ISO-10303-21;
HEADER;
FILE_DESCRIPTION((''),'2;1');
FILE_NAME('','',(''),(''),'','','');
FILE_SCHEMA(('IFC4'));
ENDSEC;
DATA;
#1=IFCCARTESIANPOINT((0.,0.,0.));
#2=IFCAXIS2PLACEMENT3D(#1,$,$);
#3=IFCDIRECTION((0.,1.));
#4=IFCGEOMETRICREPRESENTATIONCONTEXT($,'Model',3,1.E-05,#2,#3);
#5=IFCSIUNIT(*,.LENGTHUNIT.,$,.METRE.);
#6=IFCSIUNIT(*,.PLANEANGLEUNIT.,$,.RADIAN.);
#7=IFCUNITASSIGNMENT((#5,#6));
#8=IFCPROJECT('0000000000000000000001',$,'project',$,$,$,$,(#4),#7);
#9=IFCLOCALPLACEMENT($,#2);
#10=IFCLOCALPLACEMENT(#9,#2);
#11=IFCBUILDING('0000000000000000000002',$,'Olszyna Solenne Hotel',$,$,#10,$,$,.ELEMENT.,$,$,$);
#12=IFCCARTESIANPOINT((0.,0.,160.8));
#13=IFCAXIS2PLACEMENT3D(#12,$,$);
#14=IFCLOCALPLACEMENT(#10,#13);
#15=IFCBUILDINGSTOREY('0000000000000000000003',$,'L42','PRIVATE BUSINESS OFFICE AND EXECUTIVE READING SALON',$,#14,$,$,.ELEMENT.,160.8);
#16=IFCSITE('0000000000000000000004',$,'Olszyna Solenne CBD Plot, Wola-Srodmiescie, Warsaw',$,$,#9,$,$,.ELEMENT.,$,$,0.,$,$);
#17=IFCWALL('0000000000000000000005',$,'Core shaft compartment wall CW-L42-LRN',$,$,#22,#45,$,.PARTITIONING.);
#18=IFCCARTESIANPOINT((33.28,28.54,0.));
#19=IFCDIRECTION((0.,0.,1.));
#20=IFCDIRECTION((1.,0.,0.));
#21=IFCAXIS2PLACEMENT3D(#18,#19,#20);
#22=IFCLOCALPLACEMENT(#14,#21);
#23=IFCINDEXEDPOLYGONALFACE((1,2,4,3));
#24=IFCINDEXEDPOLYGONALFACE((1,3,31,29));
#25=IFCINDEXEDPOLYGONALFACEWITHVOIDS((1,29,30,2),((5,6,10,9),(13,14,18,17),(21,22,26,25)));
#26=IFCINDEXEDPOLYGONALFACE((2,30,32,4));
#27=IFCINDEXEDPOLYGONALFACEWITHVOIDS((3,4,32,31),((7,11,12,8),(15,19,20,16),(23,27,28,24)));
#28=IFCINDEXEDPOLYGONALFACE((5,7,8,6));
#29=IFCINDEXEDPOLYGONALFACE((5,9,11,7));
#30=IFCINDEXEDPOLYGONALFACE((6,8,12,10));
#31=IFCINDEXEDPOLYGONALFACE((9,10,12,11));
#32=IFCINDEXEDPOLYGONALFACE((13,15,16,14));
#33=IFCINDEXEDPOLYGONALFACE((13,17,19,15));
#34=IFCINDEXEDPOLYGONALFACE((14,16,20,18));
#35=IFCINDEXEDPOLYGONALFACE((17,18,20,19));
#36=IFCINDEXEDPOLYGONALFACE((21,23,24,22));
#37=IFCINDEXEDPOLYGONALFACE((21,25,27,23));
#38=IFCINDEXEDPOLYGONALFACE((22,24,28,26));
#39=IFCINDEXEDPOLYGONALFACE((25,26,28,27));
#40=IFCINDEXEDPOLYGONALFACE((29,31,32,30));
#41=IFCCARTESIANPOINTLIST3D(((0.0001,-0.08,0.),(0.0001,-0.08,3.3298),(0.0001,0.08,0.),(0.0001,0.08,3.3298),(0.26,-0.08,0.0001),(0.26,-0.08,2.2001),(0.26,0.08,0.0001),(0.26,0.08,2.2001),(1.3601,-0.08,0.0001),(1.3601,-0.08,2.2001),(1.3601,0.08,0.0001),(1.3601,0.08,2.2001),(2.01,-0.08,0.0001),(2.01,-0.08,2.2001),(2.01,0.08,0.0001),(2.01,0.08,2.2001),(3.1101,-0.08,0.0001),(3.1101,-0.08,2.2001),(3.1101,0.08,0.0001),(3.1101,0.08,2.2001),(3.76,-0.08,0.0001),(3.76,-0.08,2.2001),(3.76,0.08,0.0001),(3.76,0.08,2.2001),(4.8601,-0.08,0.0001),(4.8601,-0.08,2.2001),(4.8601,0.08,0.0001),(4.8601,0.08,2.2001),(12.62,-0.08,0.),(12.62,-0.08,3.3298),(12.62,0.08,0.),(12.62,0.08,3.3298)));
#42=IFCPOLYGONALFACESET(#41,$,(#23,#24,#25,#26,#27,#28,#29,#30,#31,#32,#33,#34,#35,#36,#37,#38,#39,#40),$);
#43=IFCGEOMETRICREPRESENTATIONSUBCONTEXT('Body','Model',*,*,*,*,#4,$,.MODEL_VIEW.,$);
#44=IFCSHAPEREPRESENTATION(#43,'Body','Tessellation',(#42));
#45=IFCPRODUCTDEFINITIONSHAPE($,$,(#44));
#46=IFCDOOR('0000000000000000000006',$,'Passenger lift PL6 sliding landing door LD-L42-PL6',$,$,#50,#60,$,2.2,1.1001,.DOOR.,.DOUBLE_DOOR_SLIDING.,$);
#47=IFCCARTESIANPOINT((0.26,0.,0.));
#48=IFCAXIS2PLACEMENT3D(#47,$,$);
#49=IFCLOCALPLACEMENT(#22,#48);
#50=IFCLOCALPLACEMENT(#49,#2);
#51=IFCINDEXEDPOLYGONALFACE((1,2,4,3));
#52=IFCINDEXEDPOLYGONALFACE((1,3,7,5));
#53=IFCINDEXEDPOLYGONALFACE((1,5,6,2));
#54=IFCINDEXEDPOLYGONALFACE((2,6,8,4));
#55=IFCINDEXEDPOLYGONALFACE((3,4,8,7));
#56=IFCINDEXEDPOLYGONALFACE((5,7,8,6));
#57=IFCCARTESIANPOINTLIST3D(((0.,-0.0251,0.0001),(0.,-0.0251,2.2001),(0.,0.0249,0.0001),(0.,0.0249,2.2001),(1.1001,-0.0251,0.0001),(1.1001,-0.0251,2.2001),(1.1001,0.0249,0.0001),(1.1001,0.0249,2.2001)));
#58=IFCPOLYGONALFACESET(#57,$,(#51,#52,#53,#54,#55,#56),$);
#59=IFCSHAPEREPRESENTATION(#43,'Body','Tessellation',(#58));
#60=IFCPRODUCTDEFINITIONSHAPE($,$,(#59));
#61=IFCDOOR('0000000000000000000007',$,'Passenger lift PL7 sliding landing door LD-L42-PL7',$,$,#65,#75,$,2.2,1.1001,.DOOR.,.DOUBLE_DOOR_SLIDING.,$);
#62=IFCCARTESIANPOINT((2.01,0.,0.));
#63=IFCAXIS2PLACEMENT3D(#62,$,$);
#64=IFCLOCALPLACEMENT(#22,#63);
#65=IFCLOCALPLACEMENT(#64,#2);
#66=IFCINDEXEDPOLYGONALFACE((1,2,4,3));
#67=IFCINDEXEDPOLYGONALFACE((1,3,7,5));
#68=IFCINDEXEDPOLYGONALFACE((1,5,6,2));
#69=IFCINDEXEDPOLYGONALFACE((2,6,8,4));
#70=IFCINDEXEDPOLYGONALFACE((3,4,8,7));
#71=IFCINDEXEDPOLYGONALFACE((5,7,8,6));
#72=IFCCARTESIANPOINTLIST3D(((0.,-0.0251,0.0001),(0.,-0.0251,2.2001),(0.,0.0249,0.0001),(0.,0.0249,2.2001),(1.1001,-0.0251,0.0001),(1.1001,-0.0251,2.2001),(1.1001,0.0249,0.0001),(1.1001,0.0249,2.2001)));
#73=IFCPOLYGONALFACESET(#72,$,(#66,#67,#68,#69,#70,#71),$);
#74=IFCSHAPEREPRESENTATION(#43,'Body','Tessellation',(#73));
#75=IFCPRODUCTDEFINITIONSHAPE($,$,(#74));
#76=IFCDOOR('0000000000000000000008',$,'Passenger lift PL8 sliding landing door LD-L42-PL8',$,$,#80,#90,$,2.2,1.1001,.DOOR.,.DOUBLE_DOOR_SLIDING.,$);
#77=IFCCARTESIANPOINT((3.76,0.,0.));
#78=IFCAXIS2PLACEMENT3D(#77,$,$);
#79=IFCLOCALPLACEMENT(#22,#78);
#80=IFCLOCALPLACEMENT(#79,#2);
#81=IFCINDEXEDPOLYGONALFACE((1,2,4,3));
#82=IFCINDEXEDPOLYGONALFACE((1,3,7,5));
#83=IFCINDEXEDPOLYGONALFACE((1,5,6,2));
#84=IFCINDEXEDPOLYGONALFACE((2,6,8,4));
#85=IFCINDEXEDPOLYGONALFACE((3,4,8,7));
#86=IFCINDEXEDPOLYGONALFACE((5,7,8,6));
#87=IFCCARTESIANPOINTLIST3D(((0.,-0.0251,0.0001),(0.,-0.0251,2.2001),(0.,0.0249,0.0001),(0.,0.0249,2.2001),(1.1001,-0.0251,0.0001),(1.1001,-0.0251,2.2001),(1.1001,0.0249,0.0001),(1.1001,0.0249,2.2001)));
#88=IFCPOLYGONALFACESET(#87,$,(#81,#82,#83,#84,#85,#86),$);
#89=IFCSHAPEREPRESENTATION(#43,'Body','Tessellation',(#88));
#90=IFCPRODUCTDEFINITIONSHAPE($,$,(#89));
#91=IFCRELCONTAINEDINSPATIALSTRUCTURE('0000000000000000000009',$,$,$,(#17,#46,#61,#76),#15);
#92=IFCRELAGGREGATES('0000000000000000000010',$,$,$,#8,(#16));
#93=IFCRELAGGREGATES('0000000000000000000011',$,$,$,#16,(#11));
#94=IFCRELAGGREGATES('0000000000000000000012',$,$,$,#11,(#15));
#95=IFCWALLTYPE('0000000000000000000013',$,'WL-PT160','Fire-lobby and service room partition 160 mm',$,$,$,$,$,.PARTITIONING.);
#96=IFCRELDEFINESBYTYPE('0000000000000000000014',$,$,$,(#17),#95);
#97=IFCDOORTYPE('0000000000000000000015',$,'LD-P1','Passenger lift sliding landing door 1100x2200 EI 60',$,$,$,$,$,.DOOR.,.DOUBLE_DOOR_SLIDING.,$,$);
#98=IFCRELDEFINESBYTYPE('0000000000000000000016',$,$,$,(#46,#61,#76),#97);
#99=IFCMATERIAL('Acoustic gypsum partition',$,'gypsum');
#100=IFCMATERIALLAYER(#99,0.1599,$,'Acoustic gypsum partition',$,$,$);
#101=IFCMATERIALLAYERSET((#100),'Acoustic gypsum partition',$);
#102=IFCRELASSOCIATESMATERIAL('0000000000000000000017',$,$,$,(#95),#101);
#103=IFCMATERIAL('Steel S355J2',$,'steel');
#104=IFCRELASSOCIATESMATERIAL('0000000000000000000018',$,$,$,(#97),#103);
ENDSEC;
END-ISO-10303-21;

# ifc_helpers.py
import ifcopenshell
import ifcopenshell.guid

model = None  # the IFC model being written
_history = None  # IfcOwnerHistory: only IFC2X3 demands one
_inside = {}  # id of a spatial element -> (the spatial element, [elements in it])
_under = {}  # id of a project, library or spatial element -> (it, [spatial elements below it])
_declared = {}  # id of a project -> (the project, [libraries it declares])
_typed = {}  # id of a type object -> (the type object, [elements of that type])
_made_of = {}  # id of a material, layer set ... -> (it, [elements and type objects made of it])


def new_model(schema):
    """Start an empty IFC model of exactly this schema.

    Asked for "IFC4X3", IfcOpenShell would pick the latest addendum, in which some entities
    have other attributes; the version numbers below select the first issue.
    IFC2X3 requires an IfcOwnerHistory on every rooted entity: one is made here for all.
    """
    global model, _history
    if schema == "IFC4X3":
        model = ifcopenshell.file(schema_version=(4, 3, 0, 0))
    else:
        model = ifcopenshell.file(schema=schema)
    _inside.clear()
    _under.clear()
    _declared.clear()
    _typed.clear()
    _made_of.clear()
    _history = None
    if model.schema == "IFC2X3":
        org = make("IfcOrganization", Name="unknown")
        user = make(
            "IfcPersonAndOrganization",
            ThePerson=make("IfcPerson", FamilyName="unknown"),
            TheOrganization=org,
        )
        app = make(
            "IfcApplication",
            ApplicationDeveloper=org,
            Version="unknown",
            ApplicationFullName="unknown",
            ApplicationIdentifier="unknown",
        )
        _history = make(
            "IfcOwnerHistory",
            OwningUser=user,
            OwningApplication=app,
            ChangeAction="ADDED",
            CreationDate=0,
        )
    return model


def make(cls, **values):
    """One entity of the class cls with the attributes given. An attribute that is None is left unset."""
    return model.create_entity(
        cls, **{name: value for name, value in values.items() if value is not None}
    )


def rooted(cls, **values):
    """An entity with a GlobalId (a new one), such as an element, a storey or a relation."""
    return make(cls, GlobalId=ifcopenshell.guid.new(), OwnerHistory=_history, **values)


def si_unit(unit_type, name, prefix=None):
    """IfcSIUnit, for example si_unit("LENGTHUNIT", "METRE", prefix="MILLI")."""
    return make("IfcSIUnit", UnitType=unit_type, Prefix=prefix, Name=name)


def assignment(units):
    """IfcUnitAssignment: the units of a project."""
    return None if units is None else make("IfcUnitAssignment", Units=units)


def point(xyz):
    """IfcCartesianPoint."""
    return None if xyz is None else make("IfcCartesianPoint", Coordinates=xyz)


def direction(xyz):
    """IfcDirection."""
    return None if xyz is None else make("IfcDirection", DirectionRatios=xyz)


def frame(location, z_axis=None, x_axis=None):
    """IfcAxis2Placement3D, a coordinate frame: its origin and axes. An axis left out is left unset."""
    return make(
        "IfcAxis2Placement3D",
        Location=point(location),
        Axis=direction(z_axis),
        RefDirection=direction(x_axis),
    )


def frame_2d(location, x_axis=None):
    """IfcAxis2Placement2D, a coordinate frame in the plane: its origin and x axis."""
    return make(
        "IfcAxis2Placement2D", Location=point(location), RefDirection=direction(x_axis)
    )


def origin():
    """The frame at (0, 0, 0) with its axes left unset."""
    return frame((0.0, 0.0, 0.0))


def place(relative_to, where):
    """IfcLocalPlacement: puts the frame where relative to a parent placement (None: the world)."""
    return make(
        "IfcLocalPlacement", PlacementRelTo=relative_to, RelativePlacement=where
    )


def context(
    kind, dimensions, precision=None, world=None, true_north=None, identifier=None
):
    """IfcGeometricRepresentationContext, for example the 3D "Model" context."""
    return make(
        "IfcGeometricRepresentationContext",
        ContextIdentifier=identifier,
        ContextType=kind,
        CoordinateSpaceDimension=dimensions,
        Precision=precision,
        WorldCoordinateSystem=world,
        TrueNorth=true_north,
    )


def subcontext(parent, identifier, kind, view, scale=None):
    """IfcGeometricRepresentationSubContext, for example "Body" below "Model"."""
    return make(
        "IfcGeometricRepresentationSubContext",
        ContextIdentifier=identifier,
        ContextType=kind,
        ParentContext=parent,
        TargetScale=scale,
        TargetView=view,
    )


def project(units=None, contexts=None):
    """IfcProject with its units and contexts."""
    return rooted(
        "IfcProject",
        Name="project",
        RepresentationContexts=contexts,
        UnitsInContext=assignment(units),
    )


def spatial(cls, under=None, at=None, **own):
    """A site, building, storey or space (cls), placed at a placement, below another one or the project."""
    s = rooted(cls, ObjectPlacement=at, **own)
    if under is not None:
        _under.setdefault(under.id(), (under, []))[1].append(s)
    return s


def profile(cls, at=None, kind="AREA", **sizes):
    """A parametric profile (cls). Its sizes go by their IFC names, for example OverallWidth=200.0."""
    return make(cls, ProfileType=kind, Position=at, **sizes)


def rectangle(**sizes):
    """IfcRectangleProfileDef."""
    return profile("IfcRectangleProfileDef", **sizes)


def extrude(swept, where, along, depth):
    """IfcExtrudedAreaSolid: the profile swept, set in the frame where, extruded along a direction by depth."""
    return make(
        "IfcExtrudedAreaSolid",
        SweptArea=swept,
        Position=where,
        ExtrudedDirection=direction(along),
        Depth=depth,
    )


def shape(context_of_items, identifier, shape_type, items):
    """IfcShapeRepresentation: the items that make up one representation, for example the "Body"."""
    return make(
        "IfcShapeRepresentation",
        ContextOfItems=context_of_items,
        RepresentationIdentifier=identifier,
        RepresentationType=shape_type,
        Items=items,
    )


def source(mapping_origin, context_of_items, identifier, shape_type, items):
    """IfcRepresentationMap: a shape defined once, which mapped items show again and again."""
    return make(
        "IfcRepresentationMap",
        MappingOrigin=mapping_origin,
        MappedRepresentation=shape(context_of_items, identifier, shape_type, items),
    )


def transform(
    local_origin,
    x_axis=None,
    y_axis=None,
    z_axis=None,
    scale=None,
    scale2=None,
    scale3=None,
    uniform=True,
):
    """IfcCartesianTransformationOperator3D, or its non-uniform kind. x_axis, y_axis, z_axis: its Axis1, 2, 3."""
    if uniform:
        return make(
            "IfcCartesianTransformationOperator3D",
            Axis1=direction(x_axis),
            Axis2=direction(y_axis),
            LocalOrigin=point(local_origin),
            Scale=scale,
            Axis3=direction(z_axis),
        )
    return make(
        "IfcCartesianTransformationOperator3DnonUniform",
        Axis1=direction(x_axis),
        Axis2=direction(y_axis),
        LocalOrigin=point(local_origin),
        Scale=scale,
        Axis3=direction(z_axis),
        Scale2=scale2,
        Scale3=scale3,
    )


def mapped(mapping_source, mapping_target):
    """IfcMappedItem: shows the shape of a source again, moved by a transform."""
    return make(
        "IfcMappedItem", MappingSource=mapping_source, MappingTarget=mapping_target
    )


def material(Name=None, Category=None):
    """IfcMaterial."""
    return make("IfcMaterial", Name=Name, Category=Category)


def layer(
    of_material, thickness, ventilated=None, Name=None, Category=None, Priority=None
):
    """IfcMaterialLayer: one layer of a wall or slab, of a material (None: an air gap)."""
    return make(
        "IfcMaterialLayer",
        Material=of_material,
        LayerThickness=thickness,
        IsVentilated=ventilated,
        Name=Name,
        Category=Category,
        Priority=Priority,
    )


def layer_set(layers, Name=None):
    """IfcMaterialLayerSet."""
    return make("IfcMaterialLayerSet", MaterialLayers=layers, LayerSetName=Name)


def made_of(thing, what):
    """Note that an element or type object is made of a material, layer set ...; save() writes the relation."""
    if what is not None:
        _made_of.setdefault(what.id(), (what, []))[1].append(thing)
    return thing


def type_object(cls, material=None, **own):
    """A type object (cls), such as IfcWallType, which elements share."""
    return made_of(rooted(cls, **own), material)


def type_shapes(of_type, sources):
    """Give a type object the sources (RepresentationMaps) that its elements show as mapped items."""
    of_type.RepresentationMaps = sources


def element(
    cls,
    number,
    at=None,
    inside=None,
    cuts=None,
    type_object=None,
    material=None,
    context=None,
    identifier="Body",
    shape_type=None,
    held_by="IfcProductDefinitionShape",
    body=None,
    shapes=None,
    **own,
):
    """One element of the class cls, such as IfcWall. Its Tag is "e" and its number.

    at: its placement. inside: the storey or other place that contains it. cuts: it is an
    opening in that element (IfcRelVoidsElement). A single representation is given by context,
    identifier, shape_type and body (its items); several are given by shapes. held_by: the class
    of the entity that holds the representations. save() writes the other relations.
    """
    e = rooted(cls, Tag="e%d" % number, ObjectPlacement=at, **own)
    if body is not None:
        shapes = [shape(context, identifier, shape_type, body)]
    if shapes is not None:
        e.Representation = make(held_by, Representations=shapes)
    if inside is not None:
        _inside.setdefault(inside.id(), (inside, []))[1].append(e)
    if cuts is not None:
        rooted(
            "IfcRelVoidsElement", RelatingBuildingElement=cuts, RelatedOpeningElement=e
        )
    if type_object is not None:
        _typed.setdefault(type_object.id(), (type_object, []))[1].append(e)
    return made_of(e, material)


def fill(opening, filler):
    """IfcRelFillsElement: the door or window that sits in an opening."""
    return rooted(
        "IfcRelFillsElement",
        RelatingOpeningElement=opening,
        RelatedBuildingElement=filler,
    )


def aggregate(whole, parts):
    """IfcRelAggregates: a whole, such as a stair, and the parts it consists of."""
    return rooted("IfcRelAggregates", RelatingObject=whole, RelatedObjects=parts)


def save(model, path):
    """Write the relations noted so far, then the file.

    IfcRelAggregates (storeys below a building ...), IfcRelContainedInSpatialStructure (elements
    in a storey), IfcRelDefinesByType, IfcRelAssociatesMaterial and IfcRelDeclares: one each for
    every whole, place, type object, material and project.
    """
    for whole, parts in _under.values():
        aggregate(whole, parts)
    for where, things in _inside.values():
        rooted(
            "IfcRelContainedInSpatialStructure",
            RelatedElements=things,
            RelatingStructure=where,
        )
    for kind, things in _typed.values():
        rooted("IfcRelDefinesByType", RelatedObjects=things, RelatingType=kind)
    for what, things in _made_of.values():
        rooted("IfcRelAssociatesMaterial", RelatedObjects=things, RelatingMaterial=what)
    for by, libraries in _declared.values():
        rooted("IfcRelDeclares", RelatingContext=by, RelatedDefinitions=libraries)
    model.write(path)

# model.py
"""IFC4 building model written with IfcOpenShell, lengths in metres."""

from ifc_helpers import new_model, si_unit, direction, frame, frame_2d, origin, place, context, subcontext, project, spatial, rectangle, extrude, source, transform, mapped, material, layer, layer_set, type_object, type_shapes, element, fill, save


model = new_model("IFC4")

# Units and contexts
model_context = context("Model", 3, precision=1e-05, world=origin(), true_north=direction((0.0, 1.0)))
body_context = subcontext(model_context, "Body", "Model", "MODEL_VIEW")
ifc_project = project(units=[si_unit("LENGTHUNIT", "METRE"), si_unit("PLANEANGLEUNIT", "RADIAN")], contexts=[model_context])

# Site, building, storey
site_placement = place(None, origin())
site = spatial("IfcSite", under=ifc_project, at=site_placement, Name="Olszyna Solenne CBD Plot, Wola-Srodmiescie, Warsaw", CompositionType="ELEMENT", RefElevation=0.0)
building_placement = place(site_placement, origin())
building = spatial("IfcBuilding", under=site, at=building_placement, Name="Olszyna Solenne Hotel", CompositionType="ELEMENT")
storey_placement = place(building_placement, frame((0.0, 0.0, 160.8)))
storey = spatial("IfcBuildingStorey", under=building, at=storey_placement, Name="L42", Description="PRIVATE BUSINESS OFFICE AND EXECUTIVE READING SALON", CompositionType="ELEMENT", Elevation=160.8)

# Shared definitions
ifc_material_1 = material(Name="Steel S355J2", Category="steel")

# Shared definitions
ifc_material_2 = material(Name="Acoustic gypsum partition", Category="gypsum")
ifc_layer_1 = layer(ifc_material_2, 0.1599, Name="Acoustic gypsum partition")
ifc_layer_set_1 = layer_set([ifc_layer_1], Name="Acoustic gypsum partition")
wall_type_1 = type_object("IfcWallType", Name="WL-PT160", Description="Fire-lobby and service room partition 160 mm", PredefinedType="PARTITIONING", material=ifc_layer_set_1)

# Wall, openings, doors
door_type_1 = type_object("IfcDoorType", Name="LD-P1", Description="Passenger lift sliding landing door 1100x2200 EI 60", OperationType="DOUBLE_DOOR_SLIDING", PredefinedType="DOOR", material=ifc_material_1)
shared_shape_1 = source(origin(), body_context, "Body", "SweptSolid", [
    extrude(rectangle(XDim=1.1001, YDim=2.2, at=frame_2d((0.55, 1.1001))), frame((0.0, 0.0249, 0.0), z_axis=(0.0, -1.0, 0.0), x_axis=(1.0, 0.0, 0.0)), (0.0, 0.0, 1.0), 0.05),
])
type_shapes(door_type_1, [shared_shape_1])
wall_1_placement = place(storey_placement, frame((33.28, 28.54, 0.0), z_axis=(0.0, 0.0, 1.0), x_axis=(1.0, 0.0, 0.0)))
wall_1 = element("IfcWall", 1, at=wall_1_placement, inside=storey, type_object=wall_type_1, Name="Core shaft compartment wall CW-L42-LRN", PredefinedType="PARTITIONING", context=body_context, shape_type="SweptSolid", body=[
    extrude(rectangle(XDim=12.6199, YDim=0.1599, at=frame_2d((6.3101, 0.0))), origin(), (0.0, 0.0, 1.0), 3.3298),
])
opening_1_placement = place(wall_1_placement, frame((0.26, 0.0, 0.0)))
opening_1 = element("IfcOpeningElement", 2, at=opening_1_placement, cuts=wall_1, PredefinedType="OPENING", context=body_context, shape_type="SweptSolid", body=[
    extrude(rectangle(XDim=1.1001, YDim=2.2, at=frame_2d((0.55, 1.1001))), frame((0.0, 0.0898, 0.0), z_axis=(0.0, -1.0, 0.0), x_axis=(1.0, 0.0, 0.0)), (0.0, 0.0, 1.0), 0.1799),
])
opening_2_placement = place(wall_1_placement, frame((2.01, 0.0, 0.0)))
opening_2 = element("IfcOpeningElement", 3, at=opening_2_placement, cuts=wall_1, PredefinedType="OPENING", context=body_context, shape_type="SweptSolid", body=[
    extrude(rectangle(XDim=1.1001, YDim=2.2, at=frame_2d((0.55, 1.1001))), frame((0.0, 0.0898, 0.0), z_axis=(0.0, -1.0, 0.0), x_axis=(1.0, 0.0, 0.0)), (0.0, 0.0, 1.0), 0.1799),
])
opening_3_placement = place(wall_1_placement, frame((3.76, 0.0, 0.0)))
opening_3 = element("IfcOpeningElement", 4, at=opening_3_placement, cuts=wall_1, PredefinedType="OPENING", context=body_context, shape_type="SweptSolid", body=[
    extrude(rectangle(XDim=1.1001, YDim=2.2, at=frame_2d((0.55, 1.1001))), frame((0.0, 0.0898, 0.0), z_axis=(0.0, -1.0, 0.0), x_axis=(1.0, 0.0, 0.0)), (0.0, 0.0, 1.0), 0.1799),
])
door_1_placement = place(opening_1_placement, origin())
door_1 = element("IfcDoor", 5, at=door_1_placement, inside=storey, type_object=door_type_1, Name="Passenger lift PL6 sliding landing door LD-L42-PL6", OperationType="DOUBLE_DOOR_SLIDING", OverallHeight=2.2, OverallWidth=1.1001, PredefinedType="DOOR", context=body_context, shape_type="MappedRepresentation", body=[
    mapped(shared_shape_1, transform((0.0, 0.0, 0.0), x_axis=(1.0, 0.0, 0.0), y_axis=(0.0, 1.0, 0.0), z_axis=(0.0, 0.0, 1.0), scale=1.0)),
])
fill(opening_1, door_1)
door_2_placement = place(opening_2_placement, origin())
door_2 = element("IfcDoor", 6, at=door_2_placement, inside=storey, type_object=door_type_1, Name="Passenger lift PL7 sliding landing door LD-L42-PL7", OperationType="DOUBLE_DOOR_SLIDING", OverallHeight=2.2, OverallWidth=1.1001, PredefinedType="DOOR", context=body_context, shape_type="MappedRepresentation", body=[
    mapped(shared_shape_1, transform((0.0, 0.0, 0.0), x_axis=(1.0, 0.0, 0.0), y_axis=(0.0, 1.0, 0.0), z_axis=(0.0, 0.0, 1.0), scale=1.0)),
])
fill(opening_2, door_2)
door_3_placement = place(opening_3_placement, origin())
door_3 = element("IfcDoor", 7, at=door_3_placement, inside=storey, type_object=door_type_1, Name="Passenger lift PL8 sliding landing door LD-L42-PL8", OperationType="DOUBLE_DOOR_SLIDING", OverallHeight=2.2, OverallWidth=1.1001, PredefinedType="DOOR", context=body_context, shape_type="MappedRepresentation", body=[
    mapped(shared_shape_1, transform((0.0, 0.0, 0.0), x_axis=(1.0, 0.0, 0.0), y_axis=(0.0, 1.0, 0.0), z_axis=(0.0, 0.0, 1.0), scale=1.0)),
])
fill(opening_3, door_3)

save(model, "model.ifc")
